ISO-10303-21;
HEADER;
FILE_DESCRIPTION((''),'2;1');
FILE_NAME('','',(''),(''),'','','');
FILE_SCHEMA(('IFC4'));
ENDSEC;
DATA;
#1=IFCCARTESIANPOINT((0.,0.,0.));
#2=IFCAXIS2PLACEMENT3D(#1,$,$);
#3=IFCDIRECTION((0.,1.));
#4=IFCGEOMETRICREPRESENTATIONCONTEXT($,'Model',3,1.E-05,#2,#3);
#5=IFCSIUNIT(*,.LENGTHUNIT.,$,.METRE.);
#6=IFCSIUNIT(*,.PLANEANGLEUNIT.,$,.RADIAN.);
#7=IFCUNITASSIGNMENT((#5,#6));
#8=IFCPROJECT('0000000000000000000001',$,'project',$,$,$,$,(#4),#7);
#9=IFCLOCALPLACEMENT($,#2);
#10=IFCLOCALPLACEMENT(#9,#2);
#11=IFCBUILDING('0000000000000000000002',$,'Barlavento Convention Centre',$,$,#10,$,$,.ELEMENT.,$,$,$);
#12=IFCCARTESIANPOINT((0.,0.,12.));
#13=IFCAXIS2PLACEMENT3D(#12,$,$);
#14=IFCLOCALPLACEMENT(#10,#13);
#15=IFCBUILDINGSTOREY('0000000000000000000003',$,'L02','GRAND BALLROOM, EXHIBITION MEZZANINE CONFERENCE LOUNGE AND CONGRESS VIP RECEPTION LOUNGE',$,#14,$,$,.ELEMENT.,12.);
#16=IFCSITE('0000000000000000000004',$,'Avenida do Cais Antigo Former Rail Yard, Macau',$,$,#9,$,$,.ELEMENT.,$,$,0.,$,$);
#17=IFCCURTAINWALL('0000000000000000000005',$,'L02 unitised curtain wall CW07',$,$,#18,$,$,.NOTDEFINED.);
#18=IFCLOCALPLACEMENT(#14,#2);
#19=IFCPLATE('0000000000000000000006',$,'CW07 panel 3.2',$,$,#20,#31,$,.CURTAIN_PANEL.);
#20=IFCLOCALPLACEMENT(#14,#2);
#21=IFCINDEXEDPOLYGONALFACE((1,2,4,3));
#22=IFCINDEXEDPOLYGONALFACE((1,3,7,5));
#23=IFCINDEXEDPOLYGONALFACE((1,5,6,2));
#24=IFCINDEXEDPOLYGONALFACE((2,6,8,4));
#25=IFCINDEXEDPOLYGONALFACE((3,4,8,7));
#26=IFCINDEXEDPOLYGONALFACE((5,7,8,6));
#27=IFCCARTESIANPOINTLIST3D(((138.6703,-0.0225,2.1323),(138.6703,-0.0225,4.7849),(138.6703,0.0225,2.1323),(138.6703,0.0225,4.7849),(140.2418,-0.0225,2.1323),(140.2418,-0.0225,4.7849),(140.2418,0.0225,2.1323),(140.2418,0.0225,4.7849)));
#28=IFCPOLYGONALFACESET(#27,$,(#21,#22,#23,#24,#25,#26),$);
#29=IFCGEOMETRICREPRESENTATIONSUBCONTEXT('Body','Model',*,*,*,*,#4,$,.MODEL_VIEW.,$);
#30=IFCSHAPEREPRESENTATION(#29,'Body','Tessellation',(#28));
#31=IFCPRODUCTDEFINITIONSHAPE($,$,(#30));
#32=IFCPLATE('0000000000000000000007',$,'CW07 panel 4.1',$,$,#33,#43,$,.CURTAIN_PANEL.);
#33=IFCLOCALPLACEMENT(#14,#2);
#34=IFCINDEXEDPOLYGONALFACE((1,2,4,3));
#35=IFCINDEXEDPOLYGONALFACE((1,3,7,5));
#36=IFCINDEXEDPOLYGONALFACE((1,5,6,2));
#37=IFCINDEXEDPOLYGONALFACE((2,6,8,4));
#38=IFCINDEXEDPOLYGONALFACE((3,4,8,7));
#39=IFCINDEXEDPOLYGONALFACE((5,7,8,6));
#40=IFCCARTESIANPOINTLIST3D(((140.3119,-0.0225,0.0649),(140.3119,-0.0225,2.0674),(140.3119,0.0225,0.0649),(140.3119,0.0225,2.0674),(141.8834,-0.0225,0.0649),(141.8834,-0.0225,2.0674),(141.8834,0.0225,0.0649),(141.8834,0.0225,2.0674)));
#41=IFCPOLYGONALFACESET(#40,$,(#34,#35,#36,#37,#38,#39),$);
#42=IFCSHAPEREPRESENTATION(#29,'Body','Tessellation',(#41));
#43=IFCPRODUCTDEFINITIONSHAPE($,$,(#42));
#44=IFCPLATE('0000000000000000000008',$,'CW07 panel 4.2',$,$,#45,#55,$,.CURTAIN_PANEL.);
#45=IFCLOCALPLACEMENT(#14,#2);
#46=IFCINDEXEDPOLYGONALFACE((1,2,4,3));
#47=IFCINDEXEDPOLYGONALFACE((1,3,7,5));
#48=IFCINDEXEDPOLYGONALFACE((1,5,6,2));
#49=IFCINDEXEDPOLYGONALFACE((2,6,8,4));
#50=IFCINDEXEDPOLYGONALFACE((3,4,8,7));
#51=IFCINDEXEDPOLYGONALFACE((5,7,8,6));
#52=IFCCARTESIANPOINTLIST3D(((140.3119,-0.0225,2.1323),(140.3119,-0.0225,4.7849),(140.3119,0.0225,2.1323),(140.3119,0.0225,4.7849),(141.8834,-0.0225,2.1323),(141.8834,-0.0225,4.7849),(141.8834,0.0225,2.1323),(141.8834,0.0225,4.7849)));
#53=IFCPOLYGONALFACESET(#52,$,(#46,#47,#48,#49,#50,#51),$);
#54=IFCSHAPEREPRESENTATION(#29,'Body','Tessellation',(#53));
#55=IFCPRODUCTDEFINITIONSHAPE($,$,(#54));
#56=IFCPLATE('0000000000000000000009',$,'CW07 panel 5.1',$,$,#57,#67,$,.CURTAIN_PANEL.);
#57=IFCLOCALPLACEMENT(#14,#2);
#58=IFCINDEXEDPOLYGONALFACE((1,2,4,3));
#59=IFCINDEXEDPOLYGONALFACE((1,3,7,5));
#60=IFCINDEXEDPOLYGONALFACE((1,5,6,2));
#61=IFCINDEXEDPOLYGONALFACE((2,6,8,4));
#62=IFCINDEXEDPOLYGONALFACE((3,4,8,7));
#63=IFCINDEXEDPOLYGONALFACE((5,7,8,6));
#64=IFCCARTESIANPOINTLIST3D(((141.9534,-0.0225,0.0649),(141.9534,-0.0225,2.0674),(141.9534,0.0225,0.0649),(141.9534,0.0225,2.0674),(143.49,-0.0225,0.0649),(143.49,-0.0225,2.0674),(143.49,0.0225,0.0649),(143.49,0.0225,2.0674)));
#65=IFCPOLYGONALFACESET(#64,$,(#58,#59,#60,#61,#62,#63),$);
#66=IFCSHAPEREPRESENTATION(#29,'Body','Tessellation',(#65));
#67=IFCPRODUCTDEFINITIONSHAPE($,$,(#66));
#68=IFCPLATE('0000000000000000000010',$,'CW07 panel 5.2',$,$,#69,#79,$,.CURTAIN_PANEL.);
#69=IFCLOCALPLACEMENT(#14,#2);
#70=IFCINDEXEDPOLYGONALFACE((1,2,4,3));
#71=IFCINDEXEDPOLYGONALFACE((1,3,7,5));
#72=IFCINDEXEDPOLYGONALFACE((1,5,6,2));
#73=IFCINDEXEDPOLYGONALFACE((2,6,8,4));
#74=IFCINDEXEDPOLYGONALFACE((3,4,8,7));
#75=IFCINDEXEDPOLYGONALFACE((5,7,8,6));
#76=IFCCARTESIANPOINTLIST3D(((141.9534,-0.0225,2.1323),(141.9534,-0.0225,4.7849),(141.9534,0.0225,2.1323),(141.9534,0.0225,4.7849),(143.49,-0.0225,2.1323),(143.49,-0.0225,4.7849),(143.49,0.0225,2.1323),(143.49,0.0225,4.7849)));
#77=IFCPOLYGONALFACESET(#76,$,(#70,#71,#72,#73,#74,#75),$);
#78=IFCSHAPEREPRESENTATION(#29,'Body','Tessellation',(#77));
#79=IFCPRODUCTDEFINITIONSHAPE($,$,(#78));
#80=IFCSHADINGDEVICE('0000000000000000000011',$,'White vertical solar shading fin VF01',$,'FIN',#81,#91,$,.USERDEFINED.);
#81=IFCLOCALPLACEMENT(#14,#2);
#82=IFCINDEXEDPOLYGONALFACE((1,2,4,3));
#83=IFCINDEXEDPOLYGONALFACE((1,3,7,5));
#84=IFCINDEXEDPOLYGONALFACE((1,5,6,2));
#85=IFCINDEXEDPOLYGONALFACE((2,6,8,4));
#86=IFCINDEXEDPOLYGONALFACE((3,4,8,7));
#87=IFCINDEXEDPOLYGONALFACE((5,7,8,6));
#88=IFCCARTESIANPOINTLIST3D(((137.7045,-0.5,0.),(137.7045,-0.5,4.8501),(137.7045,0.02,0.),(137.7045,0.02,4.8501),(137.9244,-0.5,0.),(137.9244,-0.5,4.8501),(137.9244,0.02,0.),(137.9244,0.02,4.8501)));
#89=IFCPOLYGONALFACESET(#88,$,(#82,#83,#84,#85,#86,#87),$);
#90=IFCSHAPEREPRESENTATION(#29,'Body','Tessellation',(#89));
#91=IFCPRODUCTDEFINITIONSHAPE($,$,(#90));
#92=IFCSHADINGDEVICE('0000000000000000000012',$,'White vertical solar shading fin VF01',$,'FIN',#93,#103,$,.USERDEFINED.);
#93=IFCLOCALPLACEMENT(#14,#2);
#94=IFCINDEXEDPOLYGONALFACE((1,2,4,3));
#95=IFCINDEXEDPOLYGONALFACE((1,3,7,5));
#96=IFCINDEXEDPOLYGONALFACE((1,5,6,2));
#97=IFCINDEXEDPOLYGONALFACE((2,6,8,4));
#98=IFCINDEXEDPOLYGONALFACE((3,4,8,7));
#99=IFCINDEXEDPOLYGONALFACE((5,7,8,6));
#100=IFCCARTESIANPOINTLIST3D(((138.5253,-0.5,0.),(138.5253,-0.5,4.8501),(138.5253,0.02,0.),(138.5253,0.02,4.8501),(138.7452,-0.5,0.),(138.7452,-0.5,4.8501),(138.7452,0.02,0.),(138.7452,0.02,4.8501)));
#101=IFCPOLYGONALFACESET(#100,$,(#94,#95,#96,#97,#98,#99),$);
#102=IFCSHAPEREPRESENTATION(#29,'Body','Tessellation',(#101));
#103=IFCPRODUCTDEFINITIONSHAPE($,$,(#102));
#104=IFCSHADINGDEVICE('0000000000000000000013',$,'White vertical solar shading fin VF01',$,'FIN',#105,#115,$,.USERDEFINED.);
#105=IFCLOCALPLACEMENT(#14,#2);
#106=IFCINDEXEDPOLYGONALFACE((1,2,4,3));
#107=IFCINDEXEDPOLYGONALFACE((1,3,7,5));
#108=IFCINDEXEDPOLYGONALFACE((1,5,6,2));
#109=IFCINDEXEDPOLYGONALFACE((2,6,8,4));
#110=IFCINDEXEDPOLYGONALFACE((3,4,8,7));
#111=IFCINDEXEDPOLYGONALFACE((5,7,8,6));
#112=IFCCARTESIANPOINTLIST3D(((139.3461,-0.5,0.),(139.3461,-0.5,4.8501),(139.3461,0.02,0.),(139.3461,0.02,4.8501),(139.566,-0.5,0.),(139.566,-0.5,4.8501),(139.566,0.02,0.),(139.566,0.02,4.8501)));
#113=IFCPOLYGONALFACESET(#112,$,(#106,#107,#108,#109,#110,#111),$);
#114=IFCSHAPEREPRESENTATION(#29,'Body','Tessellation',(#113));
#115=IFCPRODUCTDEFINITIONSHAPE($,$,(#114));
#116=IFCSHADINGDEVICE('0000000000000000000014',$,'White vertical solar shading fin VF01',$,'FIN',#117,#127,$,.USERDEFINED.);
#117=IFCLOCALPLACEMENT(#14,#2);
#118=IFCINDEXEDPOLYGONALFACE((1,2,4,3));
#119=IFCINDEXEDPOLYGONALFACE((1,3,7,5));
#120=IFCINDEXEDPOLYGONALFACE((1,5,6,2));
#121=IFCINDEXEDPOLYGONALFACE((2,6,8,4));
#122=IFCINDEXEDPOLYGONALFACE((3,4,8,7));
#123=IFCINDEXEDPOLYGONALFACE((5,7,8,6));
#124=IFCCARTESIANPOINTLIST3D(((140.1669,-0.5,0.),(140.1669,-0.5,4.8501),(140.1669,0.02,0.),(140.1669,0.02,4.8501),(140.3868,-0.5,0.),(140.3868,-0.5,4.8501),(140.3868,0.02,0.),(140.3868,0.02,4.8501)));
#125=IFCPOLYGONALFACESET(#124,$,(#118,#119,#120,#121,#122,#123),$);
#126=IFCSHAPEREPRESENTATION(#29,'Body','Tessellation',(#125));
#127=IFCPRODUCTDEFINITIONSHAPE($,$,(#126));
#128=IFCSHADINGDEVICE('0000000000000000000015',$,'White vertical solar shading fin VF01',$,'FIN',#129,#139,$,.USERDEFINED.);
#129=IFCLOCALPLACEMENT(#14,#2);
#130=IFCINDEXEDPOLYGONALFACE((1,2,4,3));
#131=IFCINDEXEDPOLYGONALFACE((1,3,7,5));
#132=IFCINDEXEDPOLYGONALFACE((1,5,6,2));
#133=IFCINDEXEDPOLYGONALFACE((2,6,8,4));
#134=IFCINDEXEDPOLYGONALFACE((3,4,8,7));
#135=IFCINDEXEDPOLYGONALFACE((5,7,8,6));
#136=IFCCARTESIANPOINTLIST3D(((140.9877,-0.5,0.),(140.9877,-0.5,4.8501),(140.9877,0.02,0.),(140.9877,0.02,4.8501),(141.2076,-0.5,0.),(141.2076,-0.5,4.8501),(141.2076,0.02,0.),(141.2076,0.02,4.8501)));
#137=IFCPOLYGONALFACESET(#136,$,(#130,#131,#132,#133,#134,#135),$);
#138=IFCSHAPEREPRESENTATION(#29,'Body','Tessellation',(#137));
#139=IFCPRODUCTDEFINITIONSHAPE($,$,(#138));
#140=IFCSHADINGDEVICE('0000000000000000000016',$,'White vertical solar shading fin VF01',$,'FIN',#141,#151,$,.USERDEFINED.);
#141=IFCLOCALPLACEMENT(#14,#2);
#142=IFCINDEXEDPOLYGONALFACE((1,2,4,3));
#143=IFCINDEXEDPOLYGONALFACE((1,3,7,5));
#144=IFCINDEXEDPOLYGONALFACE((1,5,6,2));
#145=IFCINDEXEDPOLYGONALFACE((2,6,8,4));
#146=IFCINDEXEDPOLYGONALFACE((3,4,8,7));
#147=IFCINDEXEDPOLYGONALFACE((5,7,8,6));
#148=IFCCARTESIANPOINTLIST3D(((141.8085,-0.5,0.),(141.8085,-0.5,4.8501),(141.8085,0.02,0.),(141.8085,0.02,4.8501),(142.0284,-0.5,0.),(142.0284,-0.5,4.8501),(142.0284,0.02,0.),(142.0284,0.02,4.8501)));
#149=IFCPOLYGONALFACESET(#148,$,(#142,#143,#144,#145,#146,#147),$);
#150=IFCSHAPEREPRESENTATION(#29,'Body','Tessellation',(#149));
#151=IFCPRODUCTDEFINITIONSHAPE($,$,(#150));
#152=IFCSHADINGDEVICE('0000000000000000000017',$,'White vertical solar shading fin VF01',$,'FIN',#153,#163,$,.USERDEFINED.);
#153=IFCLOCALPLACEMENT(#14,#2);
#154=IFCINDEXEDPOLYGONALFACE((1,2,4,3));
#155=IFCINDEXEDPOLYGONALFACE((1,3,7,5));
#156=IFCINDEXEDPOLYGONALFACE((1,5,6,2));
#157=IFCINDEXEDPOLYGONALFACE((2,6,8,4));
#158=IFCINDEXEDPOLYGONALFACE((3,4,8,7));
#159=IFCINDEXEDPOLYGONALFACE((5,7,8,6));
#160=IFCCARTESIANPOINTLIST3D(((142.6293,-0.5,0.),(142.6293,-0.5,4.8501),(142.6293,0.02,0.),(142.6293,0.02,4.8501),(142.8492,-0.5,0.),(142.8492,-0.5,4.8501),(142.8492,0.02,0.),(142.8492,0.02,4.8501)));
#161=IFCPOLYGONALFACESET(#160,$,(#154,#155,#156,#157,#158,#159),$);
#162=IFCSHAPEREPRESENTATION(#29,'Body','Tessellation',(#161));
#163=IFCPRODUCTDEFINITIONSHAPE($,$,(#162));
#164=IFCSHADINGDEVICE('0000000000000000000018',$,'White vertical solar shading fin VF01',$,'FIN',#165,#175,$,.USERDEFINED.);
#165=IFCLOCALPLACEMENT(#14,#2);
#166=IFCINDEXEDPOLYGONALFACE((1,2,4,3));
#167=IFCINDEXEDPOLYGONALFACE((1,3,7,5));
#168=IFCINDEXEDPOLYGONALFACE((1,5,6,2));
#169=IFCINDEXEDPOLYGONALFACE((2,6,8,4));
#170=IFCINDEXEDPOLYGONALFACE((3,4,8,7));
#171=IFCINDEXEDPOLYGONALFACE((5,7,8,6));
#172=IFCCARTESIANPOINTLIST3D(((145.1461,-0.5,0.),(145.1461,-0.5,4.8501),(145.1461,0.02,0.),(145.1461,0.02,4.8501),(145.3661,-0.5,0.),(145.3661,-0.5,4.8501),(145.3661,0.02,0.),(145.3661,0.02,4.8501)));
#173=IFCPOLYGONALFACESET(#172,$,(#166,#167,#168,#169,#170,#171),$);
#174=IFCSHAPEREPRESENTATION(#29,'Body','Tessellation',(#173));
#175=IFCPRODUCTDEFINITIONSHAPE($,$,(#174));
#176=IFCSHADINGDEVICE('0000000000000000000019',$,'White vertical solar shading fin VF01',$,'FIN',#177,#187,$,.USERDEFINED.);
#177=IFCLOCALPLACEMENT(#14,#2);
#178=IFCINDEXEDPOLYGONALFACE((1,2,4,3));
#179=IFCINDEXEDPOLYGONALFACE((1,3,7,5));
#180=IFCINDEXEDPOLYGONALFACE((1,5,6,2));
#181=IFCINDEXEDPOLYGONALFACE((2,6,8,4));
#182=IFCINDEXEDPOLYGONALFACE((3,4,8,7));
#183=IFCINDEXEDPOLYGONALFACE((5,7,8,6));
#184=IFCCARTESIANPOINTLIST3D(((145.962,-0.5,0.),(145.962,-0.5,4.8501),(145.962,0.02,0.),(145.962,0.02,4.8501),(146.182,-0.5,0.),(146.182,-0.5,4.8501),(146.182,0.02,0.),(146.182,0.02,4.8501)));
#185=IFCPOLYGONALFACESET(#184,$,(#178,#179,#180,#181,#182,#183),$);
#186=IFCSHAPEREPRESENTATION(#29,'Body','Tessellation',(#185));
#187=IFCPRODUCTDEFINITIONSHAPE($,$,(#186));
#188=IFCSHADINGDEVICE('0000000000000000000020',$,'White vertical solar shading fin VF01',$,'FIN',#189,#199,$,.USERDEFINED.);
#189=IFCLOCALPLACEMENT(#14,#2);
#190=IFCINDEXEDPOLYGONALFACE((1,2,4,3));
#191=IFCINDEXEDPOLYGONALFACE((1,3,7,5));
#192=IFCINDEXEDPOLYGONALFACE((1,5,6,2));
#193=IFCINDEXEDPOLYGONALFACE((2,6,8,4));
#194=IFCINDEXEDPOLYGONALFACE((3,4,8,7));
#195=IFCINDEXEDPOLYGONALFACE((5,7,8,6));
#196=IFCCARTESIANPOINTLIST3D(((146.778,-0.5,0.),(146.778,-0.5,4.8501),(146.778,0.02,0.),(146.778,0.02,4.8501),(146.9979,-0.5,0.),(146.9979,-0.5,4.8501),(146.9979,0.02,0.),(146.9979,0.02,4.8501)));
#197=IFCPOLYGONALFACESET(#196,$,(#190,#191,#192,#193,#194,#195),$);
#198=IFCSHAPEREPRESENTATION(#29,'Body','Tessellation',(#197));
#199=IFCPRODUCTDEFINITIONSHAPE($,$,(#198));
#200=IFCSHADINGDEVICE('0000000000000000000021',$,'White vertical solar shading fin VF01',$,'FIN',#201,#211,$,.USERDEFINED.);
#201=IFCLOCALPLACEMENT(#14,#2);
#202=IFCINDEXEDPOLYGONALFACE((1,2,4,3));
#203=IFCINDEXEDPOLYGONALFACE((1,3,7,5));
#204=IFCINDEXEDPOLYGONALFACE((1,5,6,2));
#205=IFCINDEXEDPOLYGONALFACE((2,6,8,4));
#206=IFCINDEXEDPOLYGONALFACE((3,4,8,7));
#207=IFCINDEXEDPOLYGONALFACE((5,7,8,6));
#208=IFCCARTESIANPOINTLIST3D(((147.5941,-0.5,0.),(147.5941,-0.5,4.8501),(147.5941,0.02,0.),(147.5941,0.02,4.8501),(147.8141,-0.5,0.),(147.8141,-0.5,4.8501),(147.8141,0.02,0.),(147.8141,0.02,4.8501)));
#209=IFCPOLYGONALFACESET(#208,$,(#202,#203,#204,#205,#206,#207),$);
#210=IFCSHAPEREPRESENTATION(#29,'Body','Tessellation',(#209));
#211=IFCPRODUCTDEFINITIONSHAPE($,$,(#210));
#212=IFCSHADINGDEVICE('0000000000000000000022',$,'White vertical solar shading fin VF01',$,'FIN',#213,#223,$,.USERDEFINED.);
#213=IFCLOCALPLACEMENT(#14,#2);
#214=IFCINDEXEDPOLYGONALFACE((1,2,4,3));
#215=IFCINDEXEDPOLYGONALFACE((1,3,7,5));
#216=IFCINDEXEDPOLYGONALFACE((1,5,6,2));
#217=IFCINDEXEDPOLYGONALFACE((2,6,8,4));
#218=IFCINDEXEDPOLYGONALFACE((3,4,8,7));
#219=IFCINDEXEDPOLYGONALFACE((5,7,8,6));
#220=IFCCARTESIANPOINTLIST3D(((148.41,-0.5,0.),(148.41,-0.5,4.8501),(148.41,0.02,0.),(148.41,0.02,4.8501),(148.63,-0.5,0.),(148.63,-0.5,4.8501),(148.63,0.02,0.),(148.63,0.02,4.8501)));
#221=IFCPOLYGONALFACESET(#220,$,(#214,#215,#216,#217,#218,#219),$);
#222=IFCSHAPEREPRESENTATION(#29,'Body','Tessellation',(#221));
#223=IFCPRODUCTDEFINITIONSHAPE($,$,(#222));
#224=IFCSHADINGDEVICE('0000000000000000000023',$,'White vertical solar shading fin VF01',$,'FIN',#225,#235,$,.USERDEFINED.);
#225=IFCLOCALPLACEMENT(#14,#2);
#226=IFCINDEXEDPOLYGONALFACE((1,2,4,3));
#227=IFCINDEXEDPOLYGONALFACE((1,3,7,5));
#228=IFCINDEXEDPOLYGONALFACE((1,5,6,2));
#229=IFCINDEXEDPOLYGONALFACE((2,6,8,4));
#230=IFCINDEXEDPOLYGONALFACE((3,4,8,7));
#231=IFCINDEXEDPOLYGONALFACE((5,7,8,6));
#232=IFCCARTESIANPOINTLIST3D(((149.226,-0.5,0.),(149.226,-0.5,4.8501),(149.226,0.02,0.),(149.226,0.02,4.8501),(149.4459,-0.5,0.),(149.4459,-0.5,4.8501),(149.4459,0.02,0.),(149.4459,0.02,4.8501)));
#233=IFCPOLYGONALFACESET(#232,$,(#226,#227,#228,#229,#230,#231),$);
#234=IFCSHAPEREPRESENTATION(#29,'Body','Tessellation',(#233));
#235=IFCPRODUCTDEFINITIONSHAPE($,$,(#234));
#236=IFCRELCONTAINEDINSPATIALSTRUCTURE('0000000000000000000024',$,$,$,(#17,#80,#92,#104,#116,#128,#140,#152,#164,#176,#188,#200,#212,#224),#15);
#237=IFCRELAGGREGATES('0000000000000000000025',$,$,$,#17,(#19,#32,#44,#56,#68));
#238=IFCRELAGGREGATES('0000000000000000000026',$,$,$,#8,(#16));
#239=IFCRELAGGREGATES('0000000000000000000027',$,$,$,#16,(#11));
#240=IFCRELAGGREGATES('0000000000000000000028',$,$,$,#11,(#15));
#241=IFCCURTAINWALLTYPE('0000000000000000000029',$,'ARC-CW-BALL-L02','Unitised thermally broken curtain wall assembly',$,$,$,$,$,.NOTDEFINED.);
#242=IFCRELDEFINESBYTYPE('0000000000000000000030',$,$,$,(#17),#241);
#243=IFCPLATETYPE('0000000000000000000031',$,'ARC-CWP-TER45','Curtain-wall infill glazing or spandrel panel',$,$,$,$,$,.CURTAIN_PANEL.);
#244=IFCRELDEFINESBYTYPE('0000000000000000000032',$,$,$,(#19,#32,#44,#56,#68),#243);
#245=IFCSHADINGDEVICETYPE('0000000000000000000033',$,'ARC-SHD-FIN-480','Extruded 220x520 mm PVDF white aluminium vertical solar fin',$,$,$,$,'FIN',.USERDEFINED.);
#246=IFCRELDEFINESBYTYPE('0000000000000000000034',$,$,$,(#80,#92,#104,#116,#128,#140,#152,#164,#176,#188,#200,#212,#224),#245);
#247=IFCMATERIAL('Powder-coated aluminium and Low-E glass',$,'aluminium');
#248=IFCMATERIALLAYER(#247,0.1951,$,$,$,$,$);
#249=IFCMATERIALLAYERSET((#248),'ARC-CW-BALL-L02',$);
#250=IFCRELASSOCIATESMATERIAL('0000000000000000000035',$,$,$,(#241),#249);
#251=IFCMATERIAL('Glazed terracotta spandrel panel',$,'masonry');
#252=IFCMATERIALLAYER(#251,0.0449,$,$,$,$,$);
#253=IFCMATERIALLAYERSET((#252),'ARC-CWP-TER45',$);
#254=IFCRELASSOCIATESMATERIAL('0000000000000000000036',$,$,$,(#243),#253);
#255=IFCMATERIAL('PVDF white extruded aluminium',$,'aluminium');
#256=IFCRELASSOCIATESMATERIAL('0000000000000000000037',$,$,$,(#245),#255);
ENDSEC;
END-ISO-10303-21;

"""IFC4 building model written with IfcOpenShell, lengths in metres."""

from ifc_helpers import new_model, si_unit, direction, frame, origin, origin_2d, place, context, subcontext, project, spatial, rectangle, extrude, material, layer, layer_set, type_object, element, aggregate, save


model = new_model("IFC4")

# Units and contexts
model_context = context("Model", 3, precision=1e-05, world=origin(), true_north=direction((0.0, 1.0)))
body_context = subcontext(model_context, "Body", "Model", "MODEL_VIEW")
ifc_project = project(units=[si_unit("LENGTHUNIT", "METRE"), si_unit("PLANEANGLEUNIT", "RADIAN")], contexts=[model_context])

# Site, building, storey
site_placement = place(None, origin())
site = spatial("IfcSite", under=ifc_project, at=site_placement, Name="Avenida do Cais Antigo Former Rail Yard, Macau", CompositionType="ELEMENT", RefElevation=0.0)
building_placement = place(site_placement, origin())
building = spatial("IfcBuilding", under=site, at=building_placement, Name="Barlavento Convention Centre", CompositionType="ELEMENT")
storey_placement = place(building_placement, frame((0.0, 0.0, 12.0)))
storey = spatial("IfcBuildingStorey", under=building, at=storey_placement, Name="L02", Description="GRAND BALLROOM, EXHIBITION MEZZANINE CONFERENCE LOUNGE AND CONGRESS VIP RECEPTION LOUNGE", CompositionType="ELEMENT", Elevation=12.0)

# Curtain wall
ifc_material_1 = material(Name="Powder-coated aluminium and Low-E glass", Category="aluminium")
ifc_layer_1 = layer(ifc_material_1, 0.1951)
ifc_layer_set_1 = layer_set([ifc_layer_1], Name="ARC-CW-BALL-L02")
curtain_wall_type = type_object("IfcCurtainWallType", Name="ARC-CW-BALL-L02", Description="Unitised thermally broken curtain wall assembly", PredefinedType="NOTDEFINED", material=ifc_layer_set_1)
curtain_wall_placement = place(storey_placement, origin())
curtain_wall = element("IfcCurtainWall", 1, at=curtain_wall_placement, inside=storey, type_object=curtain_wall_type, Name="L02 unitised curtain wall CW07", PredefinedType="NOTDEFINED")

# Plates
ifc_material_2 = material(Name="Glazed terracotta spandrel panel", Category="masonry")
ifc_layer_2 = layer(ifc_material_2, 0.0449)
ifc_layer_set_2 = layer_set([ifc_layer_2], Name="ARC-CWP-TER45")
plate_type = type_object("IfcPlateType", Name="ARC-CWP-TER45", Description="Curtain-wall infill glazing or spandrel panel", PredefinedType="CURTAIN_PANEL", material=ifc_layer_set_2)
plate_1_placement = place(storey_placement, frame((139.4561, 0.0, 2.1323), z_axis=(0.0, 0.0, 1.0), x_axis=(1.0, 0.0, 0.0)))
plate_1 = element("IfcPlate", 2, at=plate_1_placement, type_object=plate_type, Name="CW07 panel 3.2", PredefinedType="CURTAIN_PANEL", context=body_context, shape_type="SweptSolid", body=[
    extrude(rectangle(XDim=1.5715, YDim=0.0449, at=origin_2d()), origin(), (0.0, 0.0, 1.0), 2.6526),
])
plate_2_placement = place(storey_placement, frame((141.0977, 0.0, 0.0649), z_axis=(0.0, 0.0, 1.0), x_axis=(1.0, 0.0, 0.0)))
plate_2 = element("IfcPlate", 3, at=plate_2_placement, type_object=plate_type, Name="CW07 panel 4.1", PredefinedType="CURTAIN_PANEL", context=body_context, shape_type="SweptSolid", body=[
    extrude(rectangle(XDim=1.5715, YDim=0.0449, at=origin_2d()), origin(), (0.0, 0.0, 1.0), 2.0024),
])
plate_3_placement = place(storey_placement, frame((141.0977, 0.0, 2.1323), z_axis=(0.0, 0.0, 1.0), x_axis=(1.0, 0.0, 0.0)))
plate_3 = element("IfcPlate", 4, at=plate_3_placement, type_object=plate_type, Name="CW07 panel 4.2", PredefinedType="CURTAIN_PANEL", context=body_context, shape_type="SweptSolid", body=[
    extrude(rectangle(XDim=1.5715, YDim=0.0449, at=origin_2d()), origin(), (0.0, 0.0, 1.0), 2.6526),
])
plate_4_placement = place(storey_placement, frame((142.7217, 0.0, 0.0649), z_axis=(0.0, 0.0, 1.0), x_axis=(1.0, 0.0, 0.0)))
plate_4 = element("IfcPlate", 5, at=plate_4_placement, type_object=plate_type, Name="CW07 panel 5.1", PredefinedType="CURTAIN_PANEL", context=body_context, shape_type="SweptSolid", body=[
    extrude(rectangle(XDim=1.5366, YDim=0.0449, at=origin_2d()), origin(), (0.0, 0.0, 1.0), 2.0024),
])
plate_5_placement = place(storey_placement, frame((142.7217, 0.0, 2.1323), z_axis=(0.0, 0.0, 1.0), x_axis=(1.0, 0.0, 0.0)))
plate_5 = element("IfcPlate", 6, at=plate_5_placement, type_object=plate_type, Name="CW07 panel 5.2", PredefinedType="CURTAIN_PANEL", context=body_context, shape_type="SweptSolid", body=[
    extrude(rectangle(XDim=1.5366, YDim=0.0449, at=origin_2d()), origin(), (0.0, 0.0, 1.0), 2.6526),
])
aggregate(curtain_wall, [plate_1, plate_2, plate_3, plate_4, plate_5])

# Shading devices
ifc_material_3 = material(Name="PVDF white extruded aluminium", Category="aluminium")
shading_device_type = type_object("IfcShadingDeviceType", Name="ARC-SHD-FIN-480", Description="Extruded 220x520 mm PVDF white aluminium vertical solar fin", ElementType="FIN", PredefinedType="USERDEFINED", material=ifc_material_3)
for number, where, z_axis, x_axis, name in (
    (7, (137.8145, -0.24, 0.0), (0.0, 0.0, 1.0), (1.0, 0.0, 0.0), "White vertical solar shading fin VF01"),
    (8, (138.6353, -0.24, 0.0), (0.0, 0.0, 1.0), (1.0, 0.0, 0.0), "White vertical solar shading fin VF01"),
    (9, (139.4561, -0.24, 0.0), (0.0, 0.0, 1.0), (1.0, 0.0, 0.0), "White vertical solar shading fin VF01"),
    (10, (140.2769, -0.24, 0.0), (0.0, 0.0, 1.0), (1.0, 0.0, 0.0), "White vertical solar shading fin VF01"),
    (11, (141.0977, -0.24, 0.0), (0.0, 0.0, 1.0), (1.0, 0.0, 0.0), "White vertical solar shading fin VF01"),
    (12, (141.9185, -0.24, 0.0), (0.0, 0.0, 1.0), (1.0, 0.0, 0.0), "White vertical solar shading fin VF01"),
    (13, (142.7393, -0.24, 0.0), (0.0, 0.0, 1.0), (1.0, 0.0, 0.0), "White vertical solar shading fin VF01"),
    (14, (145.2561, -0.24, 0.0), (0.0, 0.0, 1.0), (1.0, 0.0, 0.0), "White vertical solar shading fin VF01"),
    (15, (146.072, -0.24, 0.0), (0.0, 0.0, 1.0), (1.0, 0.0, 0.0), "White vertical solar shading fin VF01"),
    (16, (146.8879, -0.24, 0.0), (0.0, 0.0, 1.0), (1.0, 0.0, 0.0), "White vertical solar shading fin VF01"),
    (17, (147.7041, -0.24, 0.0), (0.0, 0.0, 1.0), (1.0, 0.0, 0.0), "White vertical solar shading fin VF01"),
    (18, (148.52, -0.24, 0.0), (0.0, 0.0, 1.0), (1.0, 0.0, 0.0), "White vertical solar shading fin VF01"),
    (19, (149.3359, -0.24, 0.0), (0.0, 0.0, 1.0), (1.0, 0.0, 0.0), "White vertical solar shading fin VF01"),
):
    element("IfcShadingDevice", number, at=place(storey_placement, frame(where, z_axis=z_axis, x_axis=x_axis)), inside=storey, type_object=shading_device_type, Name=name, ObjectType="FIN", PredefinedType="USERDEFINED", context=body_context, shape_type="SweptSolid", body=[
        extrude(rectangle(XDim=0.22, YDim=0.52, at=origin_2d()), origin(), (0.0, 0.0, 1.0), 4.8501),
    ])

save(model, "model.ifc")
